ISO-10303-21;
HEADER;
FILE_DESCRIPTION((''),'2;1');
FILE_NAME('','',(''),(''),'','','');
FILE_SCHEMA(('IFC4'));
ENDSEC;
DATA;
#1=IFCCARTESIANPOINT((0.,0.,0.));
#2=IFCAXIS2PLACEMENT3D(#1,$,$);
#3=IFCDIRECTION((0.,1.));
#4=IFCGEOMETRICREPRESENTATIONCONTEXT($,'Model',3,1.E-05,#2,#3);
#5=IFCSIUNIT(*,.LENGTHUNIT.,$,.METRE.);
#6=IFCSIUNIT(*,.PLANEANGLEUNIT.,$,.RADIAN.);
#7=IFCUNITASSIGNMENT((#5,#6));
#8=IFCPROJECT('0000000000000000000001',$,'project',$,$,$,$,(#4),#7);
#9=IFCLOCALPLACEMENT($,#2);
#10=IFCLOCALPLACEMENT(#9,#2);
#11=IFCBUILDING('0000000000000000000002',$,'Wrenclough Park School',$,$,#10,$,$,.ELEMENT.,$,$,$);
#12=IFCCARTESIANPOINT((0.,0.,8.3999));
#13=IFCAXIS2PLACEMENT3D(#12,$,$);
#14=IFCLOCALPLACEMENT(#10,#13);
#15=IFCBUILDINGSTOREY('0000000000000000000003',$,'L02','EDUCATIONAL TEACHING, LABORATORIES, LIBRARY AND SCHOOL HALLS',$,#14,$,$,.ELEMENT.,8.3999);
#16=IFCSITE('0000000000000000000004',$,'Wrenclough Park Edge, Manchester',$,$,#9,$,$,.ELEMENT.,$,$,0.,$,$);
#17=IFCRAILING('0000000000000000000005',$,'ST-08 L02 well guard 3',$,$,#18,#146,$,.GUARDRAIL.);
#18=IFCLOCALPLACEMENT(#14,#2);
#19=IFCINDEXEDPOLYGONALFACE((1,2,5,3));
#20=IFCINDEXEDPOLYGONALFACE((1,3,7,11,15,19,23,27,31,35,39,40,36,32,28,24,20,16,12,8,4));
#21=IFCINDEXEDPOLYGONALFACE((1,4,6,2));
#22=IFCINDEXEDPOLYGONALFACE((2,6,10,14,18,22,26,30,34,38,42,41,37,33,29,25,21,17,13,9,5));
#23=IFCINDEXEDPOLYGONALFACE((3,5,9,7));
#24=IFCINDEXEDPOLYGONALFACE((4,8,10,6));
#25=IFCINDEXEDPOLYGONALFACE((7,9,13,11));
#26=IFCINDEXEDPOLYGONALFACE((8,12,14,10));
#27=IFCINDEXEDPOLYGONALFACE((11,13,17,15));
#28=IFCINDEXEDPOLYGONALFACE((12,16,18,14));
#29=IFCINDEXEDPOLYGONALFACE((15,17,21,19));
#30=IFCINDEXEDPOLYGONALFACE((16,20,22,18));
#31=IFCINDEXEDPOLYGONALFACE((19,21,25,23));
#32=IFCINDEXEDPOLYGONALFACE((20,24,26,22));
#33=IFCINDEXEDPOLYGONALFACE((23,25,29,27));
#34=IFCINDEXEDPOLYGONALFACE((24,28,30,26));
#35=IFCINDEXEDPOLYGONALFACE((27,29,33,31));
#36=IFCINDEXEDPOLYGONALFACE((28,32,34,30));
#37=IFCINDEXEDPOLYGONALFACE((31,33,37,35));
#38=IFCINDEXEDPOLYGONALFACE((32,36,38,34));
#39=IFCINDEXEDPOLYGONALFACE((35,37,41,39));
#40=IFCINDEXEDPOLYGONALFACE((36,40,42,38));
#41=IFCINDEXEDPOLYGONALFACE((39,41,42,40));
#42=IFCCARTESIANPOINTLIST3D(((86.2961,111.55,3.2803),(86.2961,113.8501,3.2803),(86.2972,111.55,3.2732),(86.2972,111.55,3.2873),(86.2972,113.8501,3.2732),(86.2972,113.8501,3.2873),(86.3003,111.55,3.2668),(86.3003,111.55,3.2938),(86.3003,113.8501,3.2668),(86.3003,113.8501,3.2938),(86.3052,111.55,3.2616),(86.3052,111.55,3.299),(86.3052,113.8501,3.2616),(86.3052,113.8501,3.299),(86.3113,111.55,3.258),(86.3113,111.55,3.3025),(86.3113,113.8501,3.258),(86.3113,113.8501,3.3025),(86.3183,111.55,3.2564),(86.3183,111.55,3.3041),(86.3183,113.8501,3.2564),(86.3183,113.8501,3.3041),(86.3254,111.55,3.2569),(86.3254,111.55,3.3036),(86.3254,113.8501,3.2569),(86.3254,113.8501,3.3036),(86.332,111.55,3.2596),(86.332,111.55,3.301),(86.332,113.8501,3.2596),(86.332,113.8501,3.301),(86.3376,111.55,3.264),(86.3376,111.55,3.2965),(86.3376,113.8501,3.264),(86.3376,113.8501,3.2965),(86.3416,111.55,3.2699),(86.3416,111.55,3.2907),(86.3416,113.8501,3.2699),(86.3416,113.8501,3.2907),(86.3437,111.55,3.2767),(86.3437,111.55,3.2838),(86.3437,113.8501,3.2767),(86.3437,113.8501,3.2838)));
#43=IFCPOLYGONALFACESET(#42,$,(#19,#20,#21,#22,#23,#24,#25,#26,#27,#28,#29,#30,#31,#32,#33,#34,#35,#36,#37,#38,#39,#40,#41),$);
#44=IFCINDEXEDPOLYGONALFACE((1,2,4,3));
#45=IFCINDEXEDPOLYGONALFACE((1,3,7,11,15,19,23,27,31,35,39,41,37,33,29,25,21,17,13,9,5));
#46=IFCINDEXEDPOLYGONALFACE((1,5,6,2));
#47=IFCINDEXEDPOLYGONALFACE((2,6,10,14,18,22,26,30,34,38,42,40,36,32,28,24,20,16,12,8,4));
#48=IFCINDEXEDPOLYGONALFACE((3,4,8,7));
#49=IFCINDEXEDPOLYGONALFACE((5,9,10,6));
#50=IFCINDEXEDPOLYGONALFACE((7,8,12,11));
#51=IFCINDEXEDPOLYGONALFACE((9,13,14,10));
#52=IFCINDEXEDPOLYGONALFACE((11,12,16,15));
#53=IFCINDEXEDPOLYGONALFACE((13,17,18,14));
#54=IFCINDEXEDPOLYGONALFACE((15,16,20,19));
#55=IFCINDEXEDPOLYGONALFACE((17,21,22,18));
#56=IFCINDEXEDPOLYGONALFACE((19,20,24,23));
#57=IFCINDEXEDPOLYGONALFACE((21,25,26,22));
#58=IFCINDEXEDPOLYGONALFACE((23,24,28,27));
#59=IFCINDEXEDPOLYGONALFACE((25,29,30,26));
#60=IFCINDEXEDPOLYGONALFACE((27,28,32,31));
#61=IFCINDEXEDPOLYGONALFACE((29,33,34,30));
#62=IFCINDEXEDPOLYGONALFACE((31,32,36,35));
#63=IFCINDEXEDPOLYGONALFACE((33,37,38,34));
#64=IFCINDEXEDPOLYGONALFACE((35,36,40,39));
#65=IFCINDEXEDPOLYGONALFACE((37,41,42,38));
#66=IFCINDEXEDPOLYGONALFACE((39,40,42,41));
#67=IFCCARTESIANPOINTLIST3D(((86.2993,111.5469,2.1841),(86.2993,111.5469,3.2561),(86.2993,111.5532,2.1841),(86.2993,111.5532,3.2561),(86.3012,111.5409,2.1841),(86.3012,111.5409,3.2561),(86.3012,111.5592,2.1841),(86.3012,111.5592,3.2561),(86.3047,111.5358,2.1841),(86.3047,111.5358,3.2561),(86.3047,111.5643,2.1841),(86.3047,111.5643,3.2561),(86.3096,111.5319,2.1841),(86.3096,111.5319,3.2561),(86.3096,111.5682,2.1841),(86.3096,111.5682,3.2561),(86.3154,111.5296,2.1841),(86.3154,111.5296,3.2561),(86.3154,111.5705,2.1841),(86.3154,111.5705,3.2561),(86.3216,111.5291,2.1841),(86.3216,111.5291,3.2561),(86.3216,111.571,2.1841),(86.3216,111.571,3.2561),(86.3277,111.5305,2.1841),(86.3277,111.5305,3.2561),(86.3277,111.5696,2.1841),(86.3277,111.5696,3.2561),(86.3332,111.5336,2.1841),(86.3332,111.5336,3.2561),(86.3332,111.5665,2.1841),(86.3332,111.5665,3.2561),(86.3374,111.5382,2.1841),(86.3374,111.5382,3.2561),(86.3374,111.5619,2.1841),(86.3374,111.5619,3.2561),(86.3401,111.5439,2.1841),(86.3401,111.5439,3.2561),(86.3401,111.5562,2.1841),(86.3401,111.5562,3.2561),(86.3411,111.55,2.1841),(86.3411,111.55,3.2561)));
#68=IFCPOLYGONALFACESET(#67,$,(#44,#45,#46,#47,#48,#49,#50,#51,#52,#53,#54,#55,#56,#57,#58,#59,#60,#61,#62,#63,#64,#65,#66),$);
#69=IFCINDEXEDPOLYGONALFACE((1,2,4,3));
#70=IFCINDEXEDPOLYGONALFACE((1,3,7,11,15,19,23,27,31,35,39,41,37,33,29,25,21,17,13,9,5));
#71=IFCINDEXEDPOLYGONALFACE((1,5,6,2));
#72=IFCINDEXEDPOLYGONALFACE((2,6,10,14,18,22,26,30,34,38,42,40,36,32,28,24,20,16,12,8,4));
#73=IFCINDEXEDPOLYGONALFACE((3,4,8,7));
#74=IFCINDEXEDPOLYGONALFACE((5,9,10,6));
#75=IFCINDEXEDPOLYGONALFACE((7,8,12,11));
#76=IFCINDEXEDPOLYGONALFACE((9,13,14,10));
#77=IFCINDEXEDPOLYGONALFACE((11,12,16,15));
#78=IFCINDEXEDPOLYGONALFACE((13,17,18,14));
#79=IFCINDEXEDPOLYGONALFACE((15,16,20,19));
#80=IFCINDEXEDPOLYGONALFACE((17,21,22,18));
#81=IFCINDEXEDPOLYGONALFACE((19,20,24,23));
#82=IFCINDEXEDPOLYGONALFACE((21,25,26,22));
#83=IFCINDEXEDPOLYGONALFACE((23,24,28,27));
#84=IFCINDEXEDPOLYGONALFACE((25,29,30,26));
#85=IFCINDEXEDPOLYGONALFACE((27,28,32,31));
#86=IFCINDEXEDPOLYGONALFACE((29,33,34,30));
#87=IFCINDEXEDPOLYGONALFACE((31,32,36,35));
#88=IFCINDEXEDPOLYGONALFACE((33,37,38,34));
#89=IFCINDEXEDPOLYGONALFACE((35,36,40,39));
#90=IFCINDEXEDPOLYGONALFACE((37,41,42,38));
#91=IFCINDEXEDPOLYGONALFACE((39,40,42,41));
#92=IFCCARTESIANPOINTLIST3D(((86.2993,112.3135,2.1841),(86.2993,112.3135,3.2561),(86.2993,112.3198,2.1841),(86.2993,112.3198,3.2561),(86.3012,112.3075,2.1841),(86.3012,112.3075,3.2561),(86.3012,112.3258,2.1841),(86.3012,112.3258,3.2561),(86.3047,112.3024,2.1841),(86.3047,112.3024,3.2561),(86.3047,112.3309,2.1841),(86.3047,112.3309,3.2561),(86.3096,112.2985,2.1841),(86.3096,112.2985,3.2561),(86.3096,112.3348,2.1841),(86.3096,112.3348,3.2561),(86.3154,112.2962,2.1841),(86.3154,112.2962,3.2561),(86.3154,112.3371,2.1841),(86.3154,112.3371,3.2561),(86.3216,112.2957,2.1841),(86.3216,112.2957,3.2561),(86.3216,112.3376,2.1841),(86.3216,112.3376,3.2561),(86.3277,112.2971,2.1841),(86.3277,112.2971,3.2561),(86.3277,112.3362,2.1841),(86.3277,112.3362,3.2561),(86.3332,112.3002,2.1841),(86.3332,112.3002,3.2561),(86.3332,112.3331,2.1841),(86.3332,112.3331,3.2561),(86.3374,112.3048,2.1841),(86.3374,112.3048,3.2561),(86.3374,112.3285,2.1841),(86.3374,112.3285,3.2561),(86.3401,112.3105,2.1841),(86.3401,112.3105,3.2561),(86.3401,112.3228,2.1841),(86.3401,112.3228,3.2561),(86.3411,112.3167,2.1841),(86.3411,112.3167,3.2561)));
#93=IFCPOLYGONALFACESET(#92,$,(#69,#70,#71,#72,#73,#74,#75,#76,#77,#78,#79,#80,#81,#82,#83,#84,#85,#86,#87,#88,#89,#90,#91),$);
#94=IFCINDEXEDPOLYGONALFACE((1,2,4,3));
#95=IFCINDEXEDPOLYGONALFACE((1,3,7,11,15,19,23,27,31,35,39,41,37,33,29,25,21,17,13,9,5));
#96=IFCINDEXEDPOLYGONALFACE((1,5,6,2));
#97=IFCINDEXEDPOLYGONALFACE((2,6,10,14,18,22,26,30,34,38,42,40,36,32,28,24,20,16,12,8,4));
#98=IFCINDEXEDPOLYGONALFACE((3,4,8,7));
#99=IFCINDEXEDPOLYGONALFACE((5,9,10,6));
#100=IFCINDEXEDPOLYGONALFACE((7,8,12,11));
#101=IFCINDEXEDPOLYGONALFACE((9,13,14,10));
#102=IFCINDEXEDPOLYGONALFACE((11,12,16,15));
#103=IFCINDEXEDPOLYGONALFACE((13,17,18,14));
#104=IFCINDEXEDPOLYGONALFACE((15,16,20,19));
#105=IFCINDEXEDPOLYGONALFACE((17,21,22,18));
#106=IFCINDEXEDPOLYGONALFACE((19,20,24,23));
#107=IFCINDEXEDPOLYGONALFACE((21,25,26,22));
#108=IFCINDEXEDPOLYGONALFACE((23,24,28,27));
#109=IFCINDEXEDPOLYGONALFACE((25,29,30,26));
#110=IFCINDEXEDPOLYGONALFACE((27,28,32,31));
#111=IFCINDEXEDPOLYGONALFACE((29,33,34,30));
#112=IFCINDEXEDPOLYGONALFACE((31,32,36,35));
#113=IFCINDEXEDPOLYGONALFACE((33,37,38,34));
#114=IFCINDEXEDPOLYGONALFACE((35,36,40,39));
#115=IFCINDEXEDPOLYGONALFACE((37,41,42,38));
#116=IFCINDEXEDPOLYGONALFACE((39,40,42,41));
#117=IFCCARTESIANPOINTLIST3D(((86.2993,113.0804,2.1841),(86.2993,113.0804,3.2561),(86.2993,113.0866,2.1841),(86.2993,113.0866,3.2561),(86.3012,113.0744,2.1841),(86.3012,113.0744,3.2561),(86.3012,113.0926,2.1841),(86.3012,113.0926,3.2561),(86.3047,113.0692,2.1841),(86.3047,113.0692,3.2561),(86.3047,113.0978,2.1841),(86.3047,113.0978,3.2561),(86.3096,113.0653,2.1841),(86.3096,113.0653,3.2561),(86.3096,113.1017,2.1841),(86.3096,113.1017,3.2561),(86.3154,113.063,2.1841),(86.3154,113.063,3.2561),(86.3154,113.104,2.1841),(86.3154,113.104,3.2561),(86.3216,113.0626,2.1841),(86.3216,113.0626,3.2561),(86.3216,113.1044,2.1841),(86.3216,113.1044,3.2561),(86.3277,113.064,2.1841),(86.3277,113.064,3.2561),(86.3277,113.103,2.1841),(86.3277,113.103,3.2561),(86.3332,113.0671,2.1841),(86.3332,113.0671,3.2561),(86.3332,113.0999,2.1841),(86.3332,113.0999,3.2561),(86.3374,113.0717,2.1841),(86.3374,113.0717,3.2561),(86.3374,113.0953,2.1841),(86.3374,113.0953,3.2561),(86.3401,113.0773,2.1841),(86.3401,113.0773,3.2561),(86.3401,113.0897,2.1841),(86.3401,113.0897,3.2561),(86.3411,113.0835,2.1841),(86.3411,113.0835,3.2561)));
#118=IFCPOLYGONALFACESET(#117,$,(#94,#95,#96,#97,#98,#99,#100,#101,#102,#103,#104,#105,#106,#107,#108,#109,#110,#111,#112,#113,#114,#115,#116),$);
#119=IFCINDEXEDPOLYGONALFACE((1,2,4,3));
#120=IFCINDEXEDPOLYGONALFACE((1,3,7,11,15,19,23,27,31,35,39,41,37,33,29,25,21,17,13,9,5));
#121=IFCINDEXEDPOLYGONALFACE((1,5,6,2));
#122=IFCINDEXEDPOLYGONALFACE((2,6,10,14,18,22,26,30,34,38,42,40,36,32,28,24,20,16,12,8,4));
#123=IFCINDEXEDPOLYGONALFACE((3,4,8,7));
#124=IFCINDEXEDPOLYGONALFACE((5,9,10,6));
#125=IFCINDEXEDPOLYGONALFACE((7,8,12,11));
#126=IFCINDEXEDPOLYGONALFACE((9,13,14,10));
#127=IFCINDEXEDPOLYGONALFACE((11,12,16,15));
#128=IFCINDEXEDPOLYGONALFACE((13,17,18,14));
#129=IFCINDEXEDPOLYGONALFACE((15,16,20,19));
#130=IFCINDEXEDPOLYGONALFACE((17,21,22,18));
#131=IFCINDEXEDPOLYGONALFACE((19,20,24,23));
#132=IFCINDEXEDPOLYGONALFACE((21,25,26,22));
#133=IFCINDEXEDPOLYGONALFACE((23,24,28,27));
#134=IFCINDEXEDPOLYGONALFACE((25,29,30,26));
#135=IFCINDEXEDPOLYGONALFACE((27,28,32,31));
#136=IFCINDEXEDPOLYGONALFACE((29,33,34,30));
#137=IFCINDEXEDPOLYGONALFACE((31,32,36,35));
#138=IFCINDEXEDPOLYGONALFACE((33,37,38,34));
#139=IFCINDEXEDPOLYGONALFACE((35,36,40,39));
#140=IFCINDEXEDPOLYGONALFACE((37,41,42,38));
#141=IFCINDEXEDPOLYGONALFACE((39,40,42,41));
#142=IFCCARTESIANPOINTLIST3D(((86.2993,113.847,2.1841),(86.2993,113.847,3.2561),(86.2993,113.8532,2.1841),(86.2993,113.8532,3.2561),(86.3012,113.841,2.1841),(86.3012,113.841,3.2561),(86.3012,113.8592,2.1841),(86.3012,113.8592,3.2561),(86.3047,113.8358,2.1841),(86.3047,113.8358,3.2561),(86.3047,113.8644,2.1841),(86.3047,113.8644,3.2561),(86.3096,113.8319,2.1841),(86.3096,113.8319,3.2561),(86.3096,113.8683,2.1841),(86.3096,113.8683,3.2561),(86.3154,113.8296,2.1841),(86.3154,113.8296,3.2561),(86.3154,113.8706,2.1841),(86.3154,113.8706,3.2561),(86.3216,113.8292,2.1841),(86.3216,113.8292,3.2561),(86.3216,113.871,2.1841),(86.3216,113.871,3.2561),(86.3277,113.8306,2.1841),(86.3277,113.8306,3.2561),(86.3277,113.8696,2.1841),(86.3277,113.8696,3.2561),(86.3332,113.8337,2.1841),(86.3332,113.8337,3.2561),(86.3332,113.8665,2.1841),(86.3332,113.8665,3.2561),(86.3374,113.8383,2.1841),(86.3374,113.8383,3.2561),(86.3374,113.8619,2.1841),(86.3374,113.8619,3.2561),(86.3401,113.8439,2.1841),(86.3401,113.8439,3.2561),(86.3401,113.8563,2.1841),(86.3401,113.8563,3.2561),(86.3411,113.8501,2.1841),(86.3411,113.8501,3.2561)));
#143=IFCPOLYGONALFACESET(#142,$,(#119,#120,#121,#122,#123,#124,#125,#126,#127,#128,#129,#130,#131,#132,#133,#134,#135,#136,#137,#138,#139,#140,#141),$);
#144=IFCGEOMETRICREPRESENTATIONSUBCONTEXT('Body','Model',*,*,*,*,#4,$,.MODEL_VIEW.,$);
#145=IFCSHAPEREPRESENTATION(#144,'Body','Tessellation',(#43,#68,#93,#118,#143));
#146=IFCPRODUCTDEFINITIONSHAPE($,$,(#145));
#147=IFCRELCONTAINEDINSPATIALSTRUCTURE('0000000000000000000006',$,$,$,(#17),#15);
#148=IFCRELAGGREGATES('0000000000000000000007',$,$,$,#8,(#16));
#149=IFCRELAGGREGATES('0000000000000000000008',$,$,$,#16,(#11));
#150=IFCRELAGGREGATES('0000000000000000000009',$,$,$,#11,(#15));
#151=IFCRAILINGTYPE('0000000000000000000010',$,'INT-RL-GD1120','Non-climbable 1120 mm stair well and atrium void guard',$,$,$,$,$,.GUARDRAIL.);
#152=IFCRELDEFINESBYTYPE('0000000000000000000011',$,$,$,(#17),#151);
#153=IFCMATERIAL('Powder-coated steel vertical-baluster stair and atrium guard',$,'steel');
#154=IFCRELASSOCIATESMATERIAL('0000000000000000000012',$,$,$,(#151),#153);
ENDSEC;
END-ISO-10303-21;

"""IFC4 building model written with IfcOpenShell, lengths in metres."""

from ifc_helpers import new_model, si_unit, direction, frame, origin, origin_2d, place, context, subcontext, project, spatial, circle, extrude, material, type_object, element, save


model = new_model("IFC4")

# Units and contexts
model_context = context("Model", 3, precision=1e-05, world=origin(), true_north=direction((0.0, 1.0)))
body_context = subcontext(model_context, "Body", "Model", "MODEL_VIEW")
ifc_project = project(units=[si_unit("LENGTHUNIT", "METRE"), si_unit("PLANEANGLEUNIT", "RADIAN")], contexts=[model_context])

# Site, building, storey
site_placement = place(None, origin())
site = spatial("IfcSite", under=ifc_project, at=site_placement, Name="Wrenclough Park Edge, Manchester", CompositionType="ELEMENT", RefElevation=0.0)
building_placement = place(site_placement, origin())
building = spatial("IfcBuilding", under=site, at=building_placement, Name="Wrenclough Park School", CompositionType="ELEMENT")
storey_placement = place(building_placement, frame((0.0, 0.0, 8.3999)))
storey = spatial("IfcBuildingStorey", under=building, at=storey_placement, Name="L02", Description="EDUCATIONAL TEACHING, LABORATORIES, LIBRARY AND SCHOOL HALLS", CompositionType="ELEMENT", Elevation=8.3999)

# Railing
ifc_material_1 = material(Name="Powder-coated steel vertical-baluster stair and atrium guard", Category="steel")
railing_type_1 = type_object("IfcRailingType", Name="INT-RL-GD1120", Description="Non-climbable 1120 mm stair well and atrium void guard", PredefinedType="GUARDRAIL", material=ifc_material_1)
railing_1_placement = place(storey_placement, frame((86.3201, 111.55, 2.1841)))
element("IfcRailing", 1, at=railing_1_placement, inside=storey, type_object=railing_type_1, Name="ST-08 L02 well guard 3", PredefinedType="GUARDRAIL", context=body_context, shape_type="SweptSolid", body=[
    extrude(circle(Radius=0.0239, at=origin_2d()), frame((0.0, 0.0, 1.0962), z_axis=(0.0, 1.0, 0.0), x_axis=(-1.0, 0.0, 0.0)), (0.0, 0.0, 1.0), 2.3),
    extrude(circle(Radius=0.021, at=origin_2d()), origin(), (0.0, 0.0, 1.0), 1.072),
    extrude(circle(Radius=0.021, at=origin_2d()), frame((0.0, 0.7666, 0.0)), (0.0, 0.0, 1.0), 1.072),
    extrude(circle(Radius=0.021, at=origin_2d()), frame((0.0, 1.5334, 0.0)), (0.0, 0.0, 1.0), 1.072),
    extrude(circle(Radius=0.021, at=origin_2d()), frame((0.0, 2.3, 0.0)), (0.0, 0.0, 1.0), 1.072),
])

save(model, "model.ifc")
